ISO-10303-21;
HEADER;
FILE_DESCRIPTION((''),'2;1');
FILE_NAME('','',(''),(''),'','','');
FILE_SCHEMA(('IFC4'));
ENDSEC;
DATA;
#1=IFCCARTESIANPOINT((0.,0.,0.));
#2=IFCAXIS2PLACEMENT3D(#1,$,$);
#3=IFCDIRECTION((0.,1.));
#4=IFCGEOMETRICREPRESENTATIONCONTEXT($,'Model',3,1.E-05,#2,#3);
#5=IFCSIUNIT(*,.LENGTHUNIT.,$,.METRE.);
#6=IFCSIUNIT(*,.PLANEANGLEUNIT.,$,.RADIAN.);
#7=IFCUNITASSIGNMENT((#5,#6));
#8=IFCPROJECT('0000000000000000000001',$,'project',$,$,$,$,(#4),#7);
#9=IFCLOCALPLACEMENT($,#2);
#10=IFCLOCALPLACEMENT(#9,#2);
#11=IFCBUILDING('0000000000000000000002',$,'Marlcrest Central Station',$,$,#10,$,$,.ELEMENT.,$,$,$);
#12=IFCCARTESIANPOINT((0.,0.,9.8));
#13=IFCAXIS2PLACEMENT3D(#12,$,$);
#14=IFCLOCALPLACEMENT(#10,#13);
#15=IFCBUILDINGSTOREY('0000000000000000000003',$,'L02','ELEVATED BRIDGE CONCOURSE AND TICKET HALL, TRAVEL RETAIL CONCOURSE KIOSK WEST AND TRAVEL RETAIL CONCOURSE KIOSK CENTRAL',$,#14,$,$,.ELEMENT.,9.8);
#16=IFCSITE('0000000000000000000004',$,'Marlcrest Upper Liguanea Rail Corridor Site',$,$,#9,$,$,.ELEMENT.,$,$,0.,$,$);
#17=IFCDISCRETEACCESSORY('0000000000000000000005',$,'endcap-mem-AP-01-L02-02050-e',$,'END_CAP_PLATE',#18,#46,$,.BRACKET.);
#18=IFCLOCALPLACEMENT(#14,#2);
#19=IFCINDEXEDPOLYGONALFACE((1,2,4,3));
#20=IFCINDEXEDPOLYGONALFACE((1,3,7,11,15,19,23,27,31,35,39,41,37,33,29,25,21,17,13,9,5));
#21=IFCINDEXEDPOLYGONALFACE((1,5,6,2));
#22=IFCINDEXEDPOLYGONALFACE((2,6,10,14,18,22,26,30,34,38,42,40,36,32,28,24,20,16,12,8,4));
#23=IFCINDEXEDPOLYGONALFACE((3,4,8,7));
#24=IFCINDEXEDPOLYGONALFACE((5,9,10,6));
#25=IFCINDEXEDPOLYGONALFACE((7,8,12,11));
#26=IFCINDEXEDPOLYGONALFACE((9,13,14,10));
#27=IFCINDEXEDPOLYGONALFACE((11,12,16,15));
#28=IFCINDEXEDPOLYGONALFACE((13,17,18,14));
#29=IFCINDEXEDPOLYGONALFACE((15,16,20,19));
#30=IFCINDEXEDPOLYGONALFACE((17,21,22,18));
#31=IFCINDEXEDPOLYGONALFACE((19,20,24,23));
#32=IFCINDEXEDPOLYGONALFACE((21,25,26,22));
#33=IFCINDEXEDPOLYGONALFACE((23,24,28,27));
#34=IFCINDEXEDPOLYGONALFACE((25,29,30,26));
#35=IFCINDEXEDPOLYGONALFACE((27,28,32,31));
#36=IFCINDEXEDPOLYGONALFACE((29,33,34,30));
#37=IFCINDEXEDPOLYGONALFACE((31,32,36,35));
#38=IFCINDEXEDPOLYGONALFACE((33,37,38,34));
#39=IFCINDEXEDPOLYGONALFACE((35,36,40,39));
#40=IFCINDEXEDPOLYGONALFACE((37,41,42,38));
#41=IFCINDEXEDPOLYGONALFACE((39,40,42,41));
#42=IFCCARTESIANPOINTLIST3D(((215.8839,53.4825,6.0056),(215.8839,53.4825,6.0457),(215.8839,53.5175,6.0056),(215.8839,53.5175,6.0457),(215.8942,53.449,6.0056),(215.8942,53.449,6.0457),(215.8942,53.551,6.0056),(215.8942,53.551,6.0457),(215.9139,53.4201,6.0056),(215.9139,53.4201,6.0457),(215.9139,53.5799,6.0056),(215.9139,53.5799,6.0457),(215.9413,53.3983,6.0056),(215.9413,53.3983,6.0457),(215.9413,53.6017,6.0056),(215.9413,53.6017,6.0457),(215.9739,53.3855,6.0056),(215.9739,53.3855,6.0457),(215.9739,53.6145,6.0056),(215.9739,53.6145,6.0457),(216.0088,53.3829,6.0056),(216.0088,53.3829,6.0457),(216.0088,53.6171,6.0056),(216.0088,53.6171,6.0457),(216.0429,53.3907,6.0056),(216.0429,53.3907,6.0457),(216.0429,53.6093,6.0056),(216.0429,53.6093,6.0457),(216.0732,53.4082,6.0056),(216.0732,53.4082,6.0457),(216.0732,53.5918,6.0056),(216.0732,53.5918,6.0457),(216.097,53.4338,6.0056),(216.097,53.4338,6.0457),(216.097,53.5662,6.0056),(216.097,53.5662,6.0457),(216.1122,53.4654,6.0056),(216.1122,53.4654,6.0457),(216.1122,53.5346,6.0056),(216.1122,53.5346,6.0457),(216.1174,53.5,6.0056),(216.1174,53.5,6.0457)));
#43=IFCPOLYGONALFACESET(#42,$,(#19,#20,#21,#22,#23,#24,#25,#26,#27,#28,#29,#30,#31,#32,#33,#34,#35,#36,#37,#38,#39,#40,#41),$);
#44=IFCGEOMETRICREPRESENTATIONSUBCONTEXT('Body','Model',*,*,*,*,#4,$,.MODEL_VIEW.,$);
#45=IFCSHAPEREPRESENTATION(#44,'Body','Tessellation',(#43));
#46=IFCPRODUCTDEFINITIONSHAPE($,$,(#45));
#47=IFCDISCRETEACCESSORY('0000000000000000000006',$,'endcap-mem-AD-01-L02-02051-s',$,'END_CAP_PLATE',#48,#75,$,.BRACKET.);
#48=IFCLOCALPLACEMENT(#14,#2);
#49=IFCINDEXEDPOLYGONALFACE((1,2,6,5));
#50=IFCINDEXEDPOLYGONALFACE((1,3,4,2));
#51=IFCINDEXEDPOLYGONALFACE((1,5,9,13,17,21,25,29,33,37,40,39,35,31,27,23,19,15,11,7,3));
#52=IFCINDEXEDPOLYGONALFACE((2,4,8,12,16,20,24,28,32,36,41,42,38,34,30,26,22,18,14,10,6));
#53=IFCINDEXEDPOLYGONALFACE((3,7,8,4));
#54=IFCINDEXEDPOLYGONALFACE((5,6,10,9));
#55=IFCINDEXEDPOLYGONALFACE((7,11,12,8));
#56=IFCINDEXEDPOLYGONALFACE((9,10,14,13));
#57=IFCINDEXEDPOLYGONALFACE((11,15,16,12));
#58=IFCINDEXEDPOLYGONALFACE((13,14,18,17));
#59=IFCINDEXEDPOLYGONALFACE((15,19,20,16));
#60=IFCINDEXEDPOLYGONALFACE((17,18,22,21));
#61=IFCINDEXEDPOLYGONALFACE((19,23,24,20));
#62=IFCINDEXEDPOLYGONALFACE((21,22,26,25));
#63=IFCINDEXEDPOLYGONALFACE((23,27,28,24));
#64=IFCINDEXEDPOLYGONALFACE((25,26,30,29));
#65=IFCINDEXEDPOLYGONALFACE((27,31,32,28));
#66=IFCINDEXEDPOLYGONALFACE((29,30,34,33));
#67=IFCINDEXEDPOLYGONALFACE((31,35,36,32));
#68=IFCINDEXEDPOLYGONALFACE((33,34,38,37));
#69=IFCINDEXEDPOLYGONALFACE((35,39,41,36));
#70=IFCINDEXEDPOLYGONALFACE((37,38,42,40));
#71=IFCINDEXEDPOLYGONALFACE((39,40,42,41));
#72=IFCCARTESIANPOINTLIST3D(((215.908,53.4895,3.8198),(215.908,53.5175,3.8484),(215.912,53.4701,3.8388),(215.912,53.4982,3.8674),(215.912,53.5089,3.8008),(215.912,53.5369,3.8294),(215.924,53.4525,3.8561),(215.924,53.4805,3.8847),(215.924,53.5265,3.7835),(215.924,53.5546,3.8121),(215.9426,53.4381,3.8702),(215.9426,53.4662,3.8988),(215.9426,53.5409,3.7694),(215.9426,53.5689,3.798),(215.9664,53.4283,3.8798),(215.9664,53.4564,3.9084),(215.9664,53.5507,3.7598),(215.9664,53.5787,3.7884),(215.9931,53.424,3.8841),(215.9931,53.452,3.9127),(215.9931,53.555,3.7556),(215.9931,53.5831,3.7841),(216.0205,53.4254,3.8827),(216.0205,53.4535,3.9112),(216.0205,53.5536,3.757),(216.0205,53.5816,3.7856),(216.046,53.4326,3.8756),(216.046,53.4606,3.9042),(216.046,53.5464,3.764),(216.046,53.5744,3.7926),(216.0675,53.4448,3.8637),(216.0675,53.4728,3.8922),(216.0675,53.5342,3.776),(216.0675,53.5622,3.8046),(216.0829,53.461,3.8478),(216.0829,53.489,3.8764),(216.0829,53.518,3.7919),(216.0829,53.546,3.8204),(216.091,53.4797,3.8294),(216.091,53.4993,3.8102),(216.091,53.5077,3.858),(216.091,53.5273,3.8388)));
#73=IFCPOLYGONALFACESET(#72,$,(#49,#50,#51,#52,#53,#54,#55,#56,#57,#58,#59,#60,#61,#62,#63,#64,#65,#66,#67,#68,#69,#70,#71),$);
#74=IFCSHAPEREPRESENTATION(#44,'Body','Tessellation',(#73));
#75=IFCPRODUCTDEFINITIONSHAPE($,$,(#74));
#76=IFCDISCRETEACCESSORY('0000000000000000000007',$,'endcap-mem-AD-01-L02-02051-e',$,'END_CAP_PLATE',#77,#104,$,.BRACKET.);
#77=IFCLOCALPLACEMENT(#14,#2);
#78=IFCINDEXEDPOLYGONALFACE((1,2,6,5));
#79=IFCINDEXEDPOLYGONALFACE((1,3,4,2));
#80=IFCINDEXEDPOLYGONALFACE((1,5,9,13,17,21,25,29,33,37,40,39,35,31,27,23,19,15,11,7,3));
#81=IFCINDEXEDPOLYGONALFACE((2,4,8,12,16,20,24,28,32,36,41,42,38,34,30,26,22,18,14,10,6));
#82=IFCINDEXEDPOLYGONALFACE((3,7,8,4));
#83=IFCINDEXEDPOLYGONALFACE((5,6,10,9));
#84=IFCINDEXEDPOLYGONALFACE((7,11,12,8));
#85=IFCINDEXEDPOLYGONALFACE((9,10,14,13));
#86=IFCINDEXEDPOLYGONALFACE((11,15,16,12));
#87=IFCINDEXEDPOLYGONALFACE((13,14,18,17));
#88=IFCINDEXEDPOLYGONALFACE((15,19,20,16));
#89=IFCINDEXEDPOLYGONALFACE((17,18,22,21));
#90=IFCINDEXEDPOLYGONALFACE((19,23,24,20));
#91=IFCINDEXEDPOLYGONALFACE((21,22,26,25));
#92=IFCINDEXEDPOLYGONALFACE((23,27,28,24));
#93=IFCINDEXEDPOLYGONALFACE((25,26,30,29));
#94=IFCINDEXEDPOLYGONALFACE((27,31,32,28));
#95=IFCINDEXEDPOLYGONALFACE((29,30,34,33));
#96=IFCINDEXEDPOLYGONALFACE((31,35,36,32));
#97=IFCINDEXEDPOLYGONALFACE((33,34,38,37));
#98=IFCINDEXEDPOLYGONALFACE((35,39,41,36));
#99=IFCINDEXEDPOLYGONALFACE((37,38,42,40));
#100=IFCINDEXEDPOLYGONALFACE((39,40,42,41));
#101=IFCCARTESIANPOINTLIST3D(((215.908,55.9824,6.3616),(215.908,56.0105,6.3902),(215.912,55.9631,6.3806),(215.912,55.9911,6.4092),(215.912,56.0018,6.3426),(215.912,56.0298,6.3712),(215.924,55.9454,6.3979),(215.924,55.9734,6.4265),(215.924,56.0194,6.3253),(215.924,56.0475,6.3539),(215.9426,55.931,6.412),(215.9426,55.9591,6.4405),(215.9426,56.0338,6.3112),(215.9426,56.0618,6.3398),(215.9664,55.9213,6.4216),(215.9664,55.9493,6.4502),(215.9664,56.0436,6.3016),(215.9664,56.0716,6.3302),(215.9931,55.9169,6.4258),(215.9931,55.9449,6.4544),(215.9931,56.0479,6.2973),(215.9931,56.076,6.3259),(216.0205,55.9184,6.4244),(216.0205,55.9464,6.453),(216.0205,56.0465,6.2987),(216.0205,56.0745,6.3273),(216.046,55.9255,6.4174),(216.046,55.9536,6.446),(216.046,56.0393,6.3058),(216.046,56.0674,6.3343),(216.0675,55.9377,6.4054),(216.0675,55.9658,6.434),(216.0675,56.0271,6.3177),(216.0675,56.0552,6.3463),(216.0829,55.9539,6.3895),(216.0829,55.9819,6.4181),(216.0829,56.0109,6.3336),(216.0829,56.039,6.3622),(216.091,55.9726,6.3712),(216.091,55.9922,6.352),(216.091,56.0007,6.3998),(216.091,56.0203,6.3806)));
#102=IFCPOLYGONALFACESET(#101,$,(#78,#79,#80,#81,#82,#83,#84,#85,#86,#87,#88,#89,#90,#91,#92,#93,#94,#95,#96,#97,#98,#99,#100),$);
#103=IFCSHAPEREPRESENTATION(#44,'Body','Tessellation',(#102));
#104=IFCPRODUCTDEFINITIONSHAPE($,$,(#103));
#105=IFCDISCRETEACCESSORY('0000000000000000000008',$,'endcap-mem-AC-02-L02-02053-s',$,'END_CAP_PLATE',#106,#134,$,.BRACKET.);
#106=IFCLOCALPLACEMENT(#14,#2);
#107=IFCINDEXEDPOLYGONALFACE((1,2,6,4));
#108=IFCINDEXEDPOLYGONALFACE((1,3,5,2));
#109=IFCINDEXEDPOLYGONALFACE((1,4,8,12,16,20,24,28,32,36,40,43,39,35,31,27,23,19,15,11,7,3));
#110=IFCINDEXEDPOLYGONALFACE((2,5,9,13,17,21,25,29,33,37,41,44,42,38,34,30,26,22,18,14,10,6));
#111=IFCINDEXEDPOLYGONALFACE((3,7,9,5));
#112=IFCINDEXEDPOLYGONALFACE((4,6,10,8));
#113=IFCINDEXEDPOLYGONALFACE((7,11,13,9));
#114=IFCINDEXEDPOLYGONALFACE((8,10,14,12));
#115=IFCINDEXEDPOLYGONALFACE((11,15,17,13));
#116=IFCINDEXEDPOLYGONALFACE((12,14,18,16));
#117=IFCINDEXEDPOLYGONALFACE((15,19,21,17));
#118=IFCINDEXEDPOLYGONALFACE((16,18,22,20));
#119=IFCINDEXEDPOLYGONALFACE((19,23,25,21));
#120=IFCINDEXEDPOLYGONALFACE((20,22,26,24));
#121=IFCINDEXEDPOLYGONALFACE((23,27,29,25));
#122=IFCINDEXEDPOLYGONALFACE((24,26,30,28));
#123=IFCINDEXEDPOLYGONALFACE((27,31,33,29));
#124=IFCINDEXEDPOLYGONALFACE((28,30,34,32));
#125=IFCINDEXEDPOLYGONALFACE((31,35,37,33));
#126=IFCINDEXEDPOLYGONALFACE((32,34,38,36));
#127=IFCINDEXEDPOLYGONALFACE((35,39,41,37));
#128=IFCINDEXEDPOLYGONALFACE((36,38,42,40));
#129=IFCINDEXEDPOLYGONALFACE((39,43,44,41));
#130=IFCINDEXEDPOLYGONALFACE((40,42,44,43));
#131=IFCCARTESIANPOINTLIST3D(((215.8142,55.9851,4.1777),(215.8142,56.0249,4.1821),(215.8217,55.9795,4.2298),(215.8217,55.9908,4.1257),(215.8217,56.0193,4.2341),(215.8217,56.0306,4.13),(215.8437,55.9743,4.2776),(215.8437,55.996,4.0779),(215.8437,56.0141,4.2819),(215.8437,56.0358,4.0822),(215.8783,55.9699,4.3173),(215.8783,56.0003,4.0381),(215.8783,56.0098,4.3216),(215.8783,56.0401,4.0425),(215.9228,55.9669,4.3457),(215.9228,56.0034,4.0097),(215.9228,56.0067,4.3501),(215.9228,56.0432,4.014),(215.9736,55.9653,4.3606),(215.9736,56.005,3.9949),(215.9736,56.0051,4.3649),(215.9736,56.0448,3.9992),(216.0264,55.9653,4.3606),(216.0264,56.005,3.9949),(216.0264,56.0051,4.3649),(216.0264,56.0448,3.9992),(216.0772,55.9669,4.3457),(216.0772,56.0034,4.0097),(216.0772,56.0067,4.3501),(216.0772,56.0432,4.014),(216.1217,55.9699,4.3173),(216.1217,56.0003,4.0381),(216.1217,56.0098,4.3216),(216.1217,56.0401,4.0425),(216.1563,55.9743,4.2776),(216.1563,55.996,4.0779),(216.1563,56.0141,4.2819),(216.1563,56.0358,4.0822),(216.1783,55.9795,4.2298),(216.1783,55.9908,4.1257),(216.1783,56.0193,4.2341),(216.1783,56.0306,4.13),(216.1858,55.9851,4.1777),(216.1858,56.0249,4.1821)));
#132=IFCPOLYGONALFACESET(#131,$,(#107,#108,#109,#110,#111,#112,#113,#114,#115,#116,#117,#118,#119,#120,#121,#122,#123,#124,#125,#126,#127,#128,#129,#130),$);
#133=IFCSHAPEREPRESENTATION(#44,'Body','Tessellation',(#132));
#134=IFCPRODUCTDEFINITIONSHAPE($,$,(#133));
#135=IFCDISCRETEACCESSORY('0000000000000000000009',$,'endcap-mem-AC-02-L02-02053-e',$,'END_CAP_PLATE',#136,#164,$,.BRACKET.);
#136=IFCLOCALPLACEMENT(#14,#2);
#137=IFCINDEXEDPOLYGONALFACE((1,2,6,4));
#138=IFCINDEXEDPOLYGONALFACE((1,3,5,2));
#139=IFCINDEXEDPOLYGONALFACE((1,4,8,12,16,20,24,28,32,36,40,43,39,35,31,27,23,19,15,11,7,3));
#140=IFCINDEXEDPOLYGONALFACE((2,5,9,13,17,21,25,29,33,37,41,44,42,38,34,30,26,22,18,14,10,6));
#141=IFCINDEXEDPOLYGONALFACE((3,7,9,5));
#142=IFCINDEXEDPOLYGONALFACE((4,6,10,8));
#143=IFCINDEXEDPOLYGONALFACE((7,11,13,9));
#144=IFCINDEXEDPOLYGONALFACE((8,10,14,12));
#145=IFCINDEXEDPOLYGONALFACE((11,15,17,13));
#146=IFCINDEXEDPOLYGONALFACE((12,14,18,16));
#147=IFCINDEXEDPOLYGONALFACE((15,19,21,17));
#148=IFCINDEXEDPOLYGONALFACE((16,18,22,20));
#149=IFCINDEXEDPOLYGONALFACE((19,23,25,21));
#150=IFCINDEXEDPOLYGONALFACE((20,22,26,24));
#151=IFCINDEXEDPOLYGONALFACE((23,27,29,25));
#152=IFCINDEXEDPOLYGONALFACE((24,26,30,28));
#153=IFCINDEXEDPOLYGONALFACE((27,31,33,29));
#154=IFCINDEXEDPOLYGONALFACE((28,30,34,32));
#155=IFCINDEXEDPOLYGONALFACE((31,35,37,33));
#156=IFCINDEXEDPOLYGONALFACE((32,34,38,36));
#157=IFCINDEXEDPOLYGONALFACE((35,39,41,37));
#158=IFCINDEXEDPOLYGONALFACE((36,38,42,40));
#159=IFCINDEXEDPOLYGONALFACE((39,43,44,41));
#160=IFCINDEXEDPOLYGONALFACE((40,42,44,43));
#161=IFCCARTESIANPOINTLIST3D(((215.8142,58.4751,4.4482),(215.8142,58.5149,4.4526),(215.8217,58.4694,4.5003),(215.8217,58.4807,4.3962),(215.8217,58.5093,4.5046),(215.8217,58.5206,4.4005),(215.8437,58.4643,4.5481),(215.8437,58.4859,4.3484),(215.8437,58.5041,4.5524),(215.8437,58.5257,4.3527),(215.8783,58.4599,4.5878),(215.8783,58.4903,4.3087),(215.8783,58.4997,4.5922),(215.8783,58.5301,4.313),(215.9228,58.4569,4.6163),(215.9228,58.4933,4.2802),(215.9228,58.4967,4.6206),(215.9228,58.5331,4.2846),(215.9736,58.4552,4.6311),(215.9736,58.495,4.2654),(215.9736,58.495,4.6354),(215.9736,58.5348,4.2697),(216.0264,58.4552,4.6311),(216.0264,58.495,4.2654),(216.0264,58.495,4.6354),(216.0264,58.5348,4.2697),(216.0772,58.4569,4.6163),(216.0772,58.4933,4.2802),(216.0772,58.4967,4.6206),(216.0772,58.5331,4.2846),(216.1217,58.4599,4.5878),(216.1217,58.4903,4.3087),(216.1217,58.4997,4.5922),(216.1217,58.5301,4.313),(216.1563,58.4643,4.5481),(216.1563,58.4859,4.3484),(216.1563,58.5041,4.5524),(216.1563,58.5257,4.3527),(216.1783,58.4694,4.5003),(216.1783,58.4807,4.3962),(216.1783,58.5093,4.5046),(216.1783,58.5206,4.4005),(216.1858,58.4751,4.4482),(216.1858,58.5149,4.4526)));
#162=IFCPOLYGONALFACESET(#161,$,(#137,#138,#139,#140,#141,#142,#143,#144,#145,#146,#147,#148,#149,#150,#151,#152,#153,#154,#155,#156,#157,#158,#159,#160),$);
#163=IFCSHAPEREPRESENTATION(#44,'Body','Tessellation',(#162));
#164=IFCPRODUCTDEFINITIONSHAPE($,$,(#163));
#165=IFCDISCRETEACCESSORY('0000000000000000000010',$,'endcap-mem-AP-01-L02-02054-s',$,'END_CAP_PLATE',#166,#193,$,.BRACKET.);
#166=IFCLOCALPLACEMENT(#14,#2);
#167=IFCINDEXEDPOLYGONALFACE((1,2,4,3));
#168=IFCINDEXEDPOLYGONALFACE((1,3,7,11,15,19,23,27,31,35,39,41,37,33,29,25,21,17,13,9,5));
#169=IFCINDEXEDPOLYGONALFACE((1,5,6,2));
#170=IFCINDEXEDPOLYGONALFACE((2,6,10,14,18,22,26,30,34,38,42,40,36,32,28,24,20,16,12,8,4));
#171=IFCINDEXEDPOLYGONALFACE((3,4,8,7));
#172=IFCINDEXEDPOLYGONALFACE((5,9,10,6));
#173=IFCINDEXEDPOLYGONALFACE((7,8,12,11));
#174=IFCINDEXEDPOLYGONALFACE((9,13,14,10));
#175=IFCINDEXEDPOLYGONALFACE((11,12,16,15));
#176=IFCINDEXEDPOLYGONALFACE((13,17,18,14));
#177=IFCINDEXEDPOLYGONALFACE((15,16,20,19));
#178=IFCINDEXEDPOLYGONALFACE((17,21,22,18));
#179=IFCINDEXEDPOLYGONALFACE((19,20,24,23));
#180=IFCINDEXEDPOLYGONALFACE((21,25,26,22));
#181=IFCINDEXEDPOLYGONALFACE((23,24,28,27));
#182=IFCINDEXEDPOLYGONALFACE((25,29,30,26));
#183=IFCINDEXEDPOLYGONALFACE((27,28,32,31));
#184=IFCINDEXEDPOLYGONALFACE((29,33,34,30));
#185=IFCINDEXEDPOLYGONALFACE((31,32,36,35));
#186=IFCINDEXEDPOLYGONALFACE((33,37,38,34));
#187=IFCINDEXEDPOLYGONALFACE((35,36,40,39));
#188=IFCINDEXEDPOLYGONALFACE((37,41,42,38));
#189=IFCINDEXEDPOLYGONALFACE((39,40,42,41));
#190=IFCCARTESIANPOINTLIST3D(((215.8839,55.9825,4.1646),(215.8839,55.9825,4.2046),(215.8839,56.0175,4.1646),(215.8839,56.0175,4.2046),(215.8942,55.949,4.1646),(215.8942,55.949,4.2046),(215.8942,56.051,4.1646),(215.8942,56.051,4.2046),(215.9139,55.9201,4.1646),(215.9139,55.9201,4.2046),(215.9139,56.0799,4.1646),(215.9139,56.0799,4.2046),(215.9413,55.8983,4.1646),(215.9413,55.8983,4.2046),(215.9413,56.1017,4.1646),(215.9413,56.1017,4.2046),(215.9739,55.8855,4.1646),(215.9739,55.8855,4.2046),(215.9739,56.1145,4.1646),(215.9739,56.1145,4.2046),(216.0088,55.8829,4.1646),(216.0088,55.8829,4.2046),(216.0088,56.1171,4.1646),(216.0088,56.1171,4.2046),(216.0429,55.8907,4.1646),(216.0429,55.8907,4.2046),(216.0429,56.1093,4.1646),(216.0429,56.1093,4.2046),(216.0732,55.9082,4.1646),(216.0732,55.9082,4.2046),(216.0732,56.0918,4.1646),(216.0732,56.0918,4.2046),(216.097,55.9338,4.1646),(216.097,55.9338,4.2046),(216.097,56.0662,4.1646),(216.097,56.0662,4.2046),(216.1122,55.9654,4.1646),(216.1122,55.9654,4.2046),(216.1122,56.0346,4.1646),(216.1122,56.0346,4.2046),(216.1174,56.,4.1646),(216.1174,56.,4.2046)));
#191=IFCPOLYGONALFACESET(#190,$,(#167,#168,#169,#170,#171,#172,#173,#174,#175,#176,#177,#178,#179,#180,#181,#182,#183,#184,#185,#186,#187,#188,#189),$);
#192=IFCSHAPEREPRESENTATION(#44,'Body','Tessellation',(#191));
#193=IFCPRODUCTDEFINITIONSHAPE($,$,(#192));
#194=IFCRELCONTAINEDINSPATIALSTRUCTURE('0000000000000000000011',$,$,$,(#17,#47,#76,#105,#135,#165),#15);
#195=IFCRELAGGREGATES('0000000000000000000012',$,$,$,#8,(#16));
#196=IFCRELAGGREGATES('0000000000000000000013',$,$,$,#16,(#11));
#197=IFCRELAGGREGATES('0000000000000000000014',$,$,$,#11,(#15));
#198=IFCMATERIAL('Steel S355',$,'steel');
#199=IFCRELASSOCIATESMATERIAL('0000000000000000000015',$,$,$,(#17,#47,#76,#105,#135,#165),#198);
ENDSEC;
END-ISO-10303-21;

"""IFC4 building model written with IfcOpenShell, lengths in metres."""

from ifc_helpers import new_model, si_unit, direction, frame, origin, origin_2d, place, context, subcontext, project, spatial, circle, extrude, material, element, save


model = new_model("IFC4")

# Units and contexts
model_context = context("Model", 3, precision=1e-05, world=origin(), true_north=direction((0.0, 1.0)))
body_context = subcontext(model_context, "Body", "Model", "MODEL_VIEW")
ifc_project = project(units=[si_unit("LENGTHUNIT", "METRE"), si_unit("PLANEANGLEUNIT", "RADIAN")], contexts=[model_context])

# Site, building, storey
site_placement = place(None, origin())
site = spatial("IfcSite", under=ifc_project, at=site_placement, Name="Marlcrest Upper Liguanea Rail Corridor Site", CompositionType="ELEMENT", RefElevation=0.0)
building_placement = place(site_placement, origin())
building = spatial("IfcBuilding", under=site, at=building_placement, Name="Marlcrest Central Station", CompositionType="ELEMENT")
storey_placement = place(building_placement, frame((0.0, 0.0, 9.8)))
storey = spatial("IfcBuildingStorey", under=building, at=storey_placement, Name="L02", Description="ELEVATED BRIDGE CONCOURSE AND TICKET HALL, TRAVEL RETAIL CONCOURSE KIOSK WEST AND TRAVEL RETAIL CONCOURSE KIOSK CENTRAL", CompositionType="ELEMENT", Elevation=9.8)

# Shared definitions
ifc_material = material(Name="Steel S355", Category="steel")

# Discrete accessories
for number, where, z_axis, x_axis, name in (
    (1, (216.0, 53.5, 6.0056), (0.0, 0.0, 1.0), (1.0, 0.0, 0.0), "endcap-mem-AP-01-L02-02050-e"),
):
    element("IfcDiscreteAccessory", number, at=place(storey_placement, frame(where, z_axis=z_axis, x_axis=x_axis)), inside=storey, material=ifc_material, Name=name, ObjectType="END_CAP_PLATE", PredefinedType="BRACKET", context=body_context, shape_type="SweptSolid", body=[
        extrude(circle(Radius=0.1174, at=origin_2d()), origin(), (0.0, 0.0, 1.0), 0.04),
    ])
for number, where, z_axis, x_axis, name in (
    (2, (216.0, 53.4895, 3.8198), (0.0, 0.700235, 0.713912), (-1.0, 0.0, 0.0), "endcap-mem-AD-01-L02-02051-s"),
    (3, (216.0, 55.9824, 6.3616), (0.0, 0.700235, 0.713912), (-1.0, 0.0, 0.0), "endcap-mem-AD-01-L02-02051-e"),
):
    element("IfcDiscreteAccessory", number, at=place(storey_placement, frame(where, z_axis=z_axis, x_axis=x_axis)), inside=storey, material=ifc_material, Name=name, ObjectType="END_CAP_PLATE", PredefinedType="BRACKET", context=body_context, shape_type="SweptSolid", body=[
        extrude(circle(Radius=0.092, at=origin_2d()), origin(), (0.0, 0.0, 1.0), 0.04),
    ])
for number, where, z_axis, x_axis, name in (
    (4, (216.0, 55.9851, 4.1777), (0.0, 0.994155, 0.107959), (-1.0, 0.0, 0.0), "endcap-mem-AC-02-L02-02053-s"),
    (5, (216.0, 58.4751, 4.4482), (0.0, 0.994155, 0.107959), (-1.0, 0.0, 0.0), "endcap-mem-AC-02-L02-02053-e"),
):
    element("IfcDiscreteAccessory", number, at=place(storey_placement, frame(where, z_axis=z_axis, x_axis=x_axis)), inside=storey, material=ifc_material, Name=name, ObjectType="END_CAP_PLATE", PredefinedType="BRACKET", context=body_context, shape_type="SweptSolid", body=[
        extrude(circle(Radius=0.1858, at=origin_2d()), origin(), (0.0, 0.0, 1.0), 0.04),
    ])
for number, where, z_axis, x_axis, name in (
    (6, (216.0, 56.0, 4.1646), (0.0, 0.0, 1.0), (1.0, 0.0, 0.0), "endcap-mem-AP-01-L02-02054-s"),
):
    element("IfcDiscreteAccessory", number, at=place(storey_placement, frame(where, z_axis=z_axis, x_axis=x_axis)), inside=storey, material=ifc_material, Name=name, ObjectType="END_CAP_PLATE", PredefinedType="BRACKET", context=body_context, shape_type="SweptSolid", body=[
        extrude(circle(Radius=0.1174, at=origin_2d()), origin(), (0.0, 0.0, 1.0), 0.04),
    ])

save(model, "model.ifc")
